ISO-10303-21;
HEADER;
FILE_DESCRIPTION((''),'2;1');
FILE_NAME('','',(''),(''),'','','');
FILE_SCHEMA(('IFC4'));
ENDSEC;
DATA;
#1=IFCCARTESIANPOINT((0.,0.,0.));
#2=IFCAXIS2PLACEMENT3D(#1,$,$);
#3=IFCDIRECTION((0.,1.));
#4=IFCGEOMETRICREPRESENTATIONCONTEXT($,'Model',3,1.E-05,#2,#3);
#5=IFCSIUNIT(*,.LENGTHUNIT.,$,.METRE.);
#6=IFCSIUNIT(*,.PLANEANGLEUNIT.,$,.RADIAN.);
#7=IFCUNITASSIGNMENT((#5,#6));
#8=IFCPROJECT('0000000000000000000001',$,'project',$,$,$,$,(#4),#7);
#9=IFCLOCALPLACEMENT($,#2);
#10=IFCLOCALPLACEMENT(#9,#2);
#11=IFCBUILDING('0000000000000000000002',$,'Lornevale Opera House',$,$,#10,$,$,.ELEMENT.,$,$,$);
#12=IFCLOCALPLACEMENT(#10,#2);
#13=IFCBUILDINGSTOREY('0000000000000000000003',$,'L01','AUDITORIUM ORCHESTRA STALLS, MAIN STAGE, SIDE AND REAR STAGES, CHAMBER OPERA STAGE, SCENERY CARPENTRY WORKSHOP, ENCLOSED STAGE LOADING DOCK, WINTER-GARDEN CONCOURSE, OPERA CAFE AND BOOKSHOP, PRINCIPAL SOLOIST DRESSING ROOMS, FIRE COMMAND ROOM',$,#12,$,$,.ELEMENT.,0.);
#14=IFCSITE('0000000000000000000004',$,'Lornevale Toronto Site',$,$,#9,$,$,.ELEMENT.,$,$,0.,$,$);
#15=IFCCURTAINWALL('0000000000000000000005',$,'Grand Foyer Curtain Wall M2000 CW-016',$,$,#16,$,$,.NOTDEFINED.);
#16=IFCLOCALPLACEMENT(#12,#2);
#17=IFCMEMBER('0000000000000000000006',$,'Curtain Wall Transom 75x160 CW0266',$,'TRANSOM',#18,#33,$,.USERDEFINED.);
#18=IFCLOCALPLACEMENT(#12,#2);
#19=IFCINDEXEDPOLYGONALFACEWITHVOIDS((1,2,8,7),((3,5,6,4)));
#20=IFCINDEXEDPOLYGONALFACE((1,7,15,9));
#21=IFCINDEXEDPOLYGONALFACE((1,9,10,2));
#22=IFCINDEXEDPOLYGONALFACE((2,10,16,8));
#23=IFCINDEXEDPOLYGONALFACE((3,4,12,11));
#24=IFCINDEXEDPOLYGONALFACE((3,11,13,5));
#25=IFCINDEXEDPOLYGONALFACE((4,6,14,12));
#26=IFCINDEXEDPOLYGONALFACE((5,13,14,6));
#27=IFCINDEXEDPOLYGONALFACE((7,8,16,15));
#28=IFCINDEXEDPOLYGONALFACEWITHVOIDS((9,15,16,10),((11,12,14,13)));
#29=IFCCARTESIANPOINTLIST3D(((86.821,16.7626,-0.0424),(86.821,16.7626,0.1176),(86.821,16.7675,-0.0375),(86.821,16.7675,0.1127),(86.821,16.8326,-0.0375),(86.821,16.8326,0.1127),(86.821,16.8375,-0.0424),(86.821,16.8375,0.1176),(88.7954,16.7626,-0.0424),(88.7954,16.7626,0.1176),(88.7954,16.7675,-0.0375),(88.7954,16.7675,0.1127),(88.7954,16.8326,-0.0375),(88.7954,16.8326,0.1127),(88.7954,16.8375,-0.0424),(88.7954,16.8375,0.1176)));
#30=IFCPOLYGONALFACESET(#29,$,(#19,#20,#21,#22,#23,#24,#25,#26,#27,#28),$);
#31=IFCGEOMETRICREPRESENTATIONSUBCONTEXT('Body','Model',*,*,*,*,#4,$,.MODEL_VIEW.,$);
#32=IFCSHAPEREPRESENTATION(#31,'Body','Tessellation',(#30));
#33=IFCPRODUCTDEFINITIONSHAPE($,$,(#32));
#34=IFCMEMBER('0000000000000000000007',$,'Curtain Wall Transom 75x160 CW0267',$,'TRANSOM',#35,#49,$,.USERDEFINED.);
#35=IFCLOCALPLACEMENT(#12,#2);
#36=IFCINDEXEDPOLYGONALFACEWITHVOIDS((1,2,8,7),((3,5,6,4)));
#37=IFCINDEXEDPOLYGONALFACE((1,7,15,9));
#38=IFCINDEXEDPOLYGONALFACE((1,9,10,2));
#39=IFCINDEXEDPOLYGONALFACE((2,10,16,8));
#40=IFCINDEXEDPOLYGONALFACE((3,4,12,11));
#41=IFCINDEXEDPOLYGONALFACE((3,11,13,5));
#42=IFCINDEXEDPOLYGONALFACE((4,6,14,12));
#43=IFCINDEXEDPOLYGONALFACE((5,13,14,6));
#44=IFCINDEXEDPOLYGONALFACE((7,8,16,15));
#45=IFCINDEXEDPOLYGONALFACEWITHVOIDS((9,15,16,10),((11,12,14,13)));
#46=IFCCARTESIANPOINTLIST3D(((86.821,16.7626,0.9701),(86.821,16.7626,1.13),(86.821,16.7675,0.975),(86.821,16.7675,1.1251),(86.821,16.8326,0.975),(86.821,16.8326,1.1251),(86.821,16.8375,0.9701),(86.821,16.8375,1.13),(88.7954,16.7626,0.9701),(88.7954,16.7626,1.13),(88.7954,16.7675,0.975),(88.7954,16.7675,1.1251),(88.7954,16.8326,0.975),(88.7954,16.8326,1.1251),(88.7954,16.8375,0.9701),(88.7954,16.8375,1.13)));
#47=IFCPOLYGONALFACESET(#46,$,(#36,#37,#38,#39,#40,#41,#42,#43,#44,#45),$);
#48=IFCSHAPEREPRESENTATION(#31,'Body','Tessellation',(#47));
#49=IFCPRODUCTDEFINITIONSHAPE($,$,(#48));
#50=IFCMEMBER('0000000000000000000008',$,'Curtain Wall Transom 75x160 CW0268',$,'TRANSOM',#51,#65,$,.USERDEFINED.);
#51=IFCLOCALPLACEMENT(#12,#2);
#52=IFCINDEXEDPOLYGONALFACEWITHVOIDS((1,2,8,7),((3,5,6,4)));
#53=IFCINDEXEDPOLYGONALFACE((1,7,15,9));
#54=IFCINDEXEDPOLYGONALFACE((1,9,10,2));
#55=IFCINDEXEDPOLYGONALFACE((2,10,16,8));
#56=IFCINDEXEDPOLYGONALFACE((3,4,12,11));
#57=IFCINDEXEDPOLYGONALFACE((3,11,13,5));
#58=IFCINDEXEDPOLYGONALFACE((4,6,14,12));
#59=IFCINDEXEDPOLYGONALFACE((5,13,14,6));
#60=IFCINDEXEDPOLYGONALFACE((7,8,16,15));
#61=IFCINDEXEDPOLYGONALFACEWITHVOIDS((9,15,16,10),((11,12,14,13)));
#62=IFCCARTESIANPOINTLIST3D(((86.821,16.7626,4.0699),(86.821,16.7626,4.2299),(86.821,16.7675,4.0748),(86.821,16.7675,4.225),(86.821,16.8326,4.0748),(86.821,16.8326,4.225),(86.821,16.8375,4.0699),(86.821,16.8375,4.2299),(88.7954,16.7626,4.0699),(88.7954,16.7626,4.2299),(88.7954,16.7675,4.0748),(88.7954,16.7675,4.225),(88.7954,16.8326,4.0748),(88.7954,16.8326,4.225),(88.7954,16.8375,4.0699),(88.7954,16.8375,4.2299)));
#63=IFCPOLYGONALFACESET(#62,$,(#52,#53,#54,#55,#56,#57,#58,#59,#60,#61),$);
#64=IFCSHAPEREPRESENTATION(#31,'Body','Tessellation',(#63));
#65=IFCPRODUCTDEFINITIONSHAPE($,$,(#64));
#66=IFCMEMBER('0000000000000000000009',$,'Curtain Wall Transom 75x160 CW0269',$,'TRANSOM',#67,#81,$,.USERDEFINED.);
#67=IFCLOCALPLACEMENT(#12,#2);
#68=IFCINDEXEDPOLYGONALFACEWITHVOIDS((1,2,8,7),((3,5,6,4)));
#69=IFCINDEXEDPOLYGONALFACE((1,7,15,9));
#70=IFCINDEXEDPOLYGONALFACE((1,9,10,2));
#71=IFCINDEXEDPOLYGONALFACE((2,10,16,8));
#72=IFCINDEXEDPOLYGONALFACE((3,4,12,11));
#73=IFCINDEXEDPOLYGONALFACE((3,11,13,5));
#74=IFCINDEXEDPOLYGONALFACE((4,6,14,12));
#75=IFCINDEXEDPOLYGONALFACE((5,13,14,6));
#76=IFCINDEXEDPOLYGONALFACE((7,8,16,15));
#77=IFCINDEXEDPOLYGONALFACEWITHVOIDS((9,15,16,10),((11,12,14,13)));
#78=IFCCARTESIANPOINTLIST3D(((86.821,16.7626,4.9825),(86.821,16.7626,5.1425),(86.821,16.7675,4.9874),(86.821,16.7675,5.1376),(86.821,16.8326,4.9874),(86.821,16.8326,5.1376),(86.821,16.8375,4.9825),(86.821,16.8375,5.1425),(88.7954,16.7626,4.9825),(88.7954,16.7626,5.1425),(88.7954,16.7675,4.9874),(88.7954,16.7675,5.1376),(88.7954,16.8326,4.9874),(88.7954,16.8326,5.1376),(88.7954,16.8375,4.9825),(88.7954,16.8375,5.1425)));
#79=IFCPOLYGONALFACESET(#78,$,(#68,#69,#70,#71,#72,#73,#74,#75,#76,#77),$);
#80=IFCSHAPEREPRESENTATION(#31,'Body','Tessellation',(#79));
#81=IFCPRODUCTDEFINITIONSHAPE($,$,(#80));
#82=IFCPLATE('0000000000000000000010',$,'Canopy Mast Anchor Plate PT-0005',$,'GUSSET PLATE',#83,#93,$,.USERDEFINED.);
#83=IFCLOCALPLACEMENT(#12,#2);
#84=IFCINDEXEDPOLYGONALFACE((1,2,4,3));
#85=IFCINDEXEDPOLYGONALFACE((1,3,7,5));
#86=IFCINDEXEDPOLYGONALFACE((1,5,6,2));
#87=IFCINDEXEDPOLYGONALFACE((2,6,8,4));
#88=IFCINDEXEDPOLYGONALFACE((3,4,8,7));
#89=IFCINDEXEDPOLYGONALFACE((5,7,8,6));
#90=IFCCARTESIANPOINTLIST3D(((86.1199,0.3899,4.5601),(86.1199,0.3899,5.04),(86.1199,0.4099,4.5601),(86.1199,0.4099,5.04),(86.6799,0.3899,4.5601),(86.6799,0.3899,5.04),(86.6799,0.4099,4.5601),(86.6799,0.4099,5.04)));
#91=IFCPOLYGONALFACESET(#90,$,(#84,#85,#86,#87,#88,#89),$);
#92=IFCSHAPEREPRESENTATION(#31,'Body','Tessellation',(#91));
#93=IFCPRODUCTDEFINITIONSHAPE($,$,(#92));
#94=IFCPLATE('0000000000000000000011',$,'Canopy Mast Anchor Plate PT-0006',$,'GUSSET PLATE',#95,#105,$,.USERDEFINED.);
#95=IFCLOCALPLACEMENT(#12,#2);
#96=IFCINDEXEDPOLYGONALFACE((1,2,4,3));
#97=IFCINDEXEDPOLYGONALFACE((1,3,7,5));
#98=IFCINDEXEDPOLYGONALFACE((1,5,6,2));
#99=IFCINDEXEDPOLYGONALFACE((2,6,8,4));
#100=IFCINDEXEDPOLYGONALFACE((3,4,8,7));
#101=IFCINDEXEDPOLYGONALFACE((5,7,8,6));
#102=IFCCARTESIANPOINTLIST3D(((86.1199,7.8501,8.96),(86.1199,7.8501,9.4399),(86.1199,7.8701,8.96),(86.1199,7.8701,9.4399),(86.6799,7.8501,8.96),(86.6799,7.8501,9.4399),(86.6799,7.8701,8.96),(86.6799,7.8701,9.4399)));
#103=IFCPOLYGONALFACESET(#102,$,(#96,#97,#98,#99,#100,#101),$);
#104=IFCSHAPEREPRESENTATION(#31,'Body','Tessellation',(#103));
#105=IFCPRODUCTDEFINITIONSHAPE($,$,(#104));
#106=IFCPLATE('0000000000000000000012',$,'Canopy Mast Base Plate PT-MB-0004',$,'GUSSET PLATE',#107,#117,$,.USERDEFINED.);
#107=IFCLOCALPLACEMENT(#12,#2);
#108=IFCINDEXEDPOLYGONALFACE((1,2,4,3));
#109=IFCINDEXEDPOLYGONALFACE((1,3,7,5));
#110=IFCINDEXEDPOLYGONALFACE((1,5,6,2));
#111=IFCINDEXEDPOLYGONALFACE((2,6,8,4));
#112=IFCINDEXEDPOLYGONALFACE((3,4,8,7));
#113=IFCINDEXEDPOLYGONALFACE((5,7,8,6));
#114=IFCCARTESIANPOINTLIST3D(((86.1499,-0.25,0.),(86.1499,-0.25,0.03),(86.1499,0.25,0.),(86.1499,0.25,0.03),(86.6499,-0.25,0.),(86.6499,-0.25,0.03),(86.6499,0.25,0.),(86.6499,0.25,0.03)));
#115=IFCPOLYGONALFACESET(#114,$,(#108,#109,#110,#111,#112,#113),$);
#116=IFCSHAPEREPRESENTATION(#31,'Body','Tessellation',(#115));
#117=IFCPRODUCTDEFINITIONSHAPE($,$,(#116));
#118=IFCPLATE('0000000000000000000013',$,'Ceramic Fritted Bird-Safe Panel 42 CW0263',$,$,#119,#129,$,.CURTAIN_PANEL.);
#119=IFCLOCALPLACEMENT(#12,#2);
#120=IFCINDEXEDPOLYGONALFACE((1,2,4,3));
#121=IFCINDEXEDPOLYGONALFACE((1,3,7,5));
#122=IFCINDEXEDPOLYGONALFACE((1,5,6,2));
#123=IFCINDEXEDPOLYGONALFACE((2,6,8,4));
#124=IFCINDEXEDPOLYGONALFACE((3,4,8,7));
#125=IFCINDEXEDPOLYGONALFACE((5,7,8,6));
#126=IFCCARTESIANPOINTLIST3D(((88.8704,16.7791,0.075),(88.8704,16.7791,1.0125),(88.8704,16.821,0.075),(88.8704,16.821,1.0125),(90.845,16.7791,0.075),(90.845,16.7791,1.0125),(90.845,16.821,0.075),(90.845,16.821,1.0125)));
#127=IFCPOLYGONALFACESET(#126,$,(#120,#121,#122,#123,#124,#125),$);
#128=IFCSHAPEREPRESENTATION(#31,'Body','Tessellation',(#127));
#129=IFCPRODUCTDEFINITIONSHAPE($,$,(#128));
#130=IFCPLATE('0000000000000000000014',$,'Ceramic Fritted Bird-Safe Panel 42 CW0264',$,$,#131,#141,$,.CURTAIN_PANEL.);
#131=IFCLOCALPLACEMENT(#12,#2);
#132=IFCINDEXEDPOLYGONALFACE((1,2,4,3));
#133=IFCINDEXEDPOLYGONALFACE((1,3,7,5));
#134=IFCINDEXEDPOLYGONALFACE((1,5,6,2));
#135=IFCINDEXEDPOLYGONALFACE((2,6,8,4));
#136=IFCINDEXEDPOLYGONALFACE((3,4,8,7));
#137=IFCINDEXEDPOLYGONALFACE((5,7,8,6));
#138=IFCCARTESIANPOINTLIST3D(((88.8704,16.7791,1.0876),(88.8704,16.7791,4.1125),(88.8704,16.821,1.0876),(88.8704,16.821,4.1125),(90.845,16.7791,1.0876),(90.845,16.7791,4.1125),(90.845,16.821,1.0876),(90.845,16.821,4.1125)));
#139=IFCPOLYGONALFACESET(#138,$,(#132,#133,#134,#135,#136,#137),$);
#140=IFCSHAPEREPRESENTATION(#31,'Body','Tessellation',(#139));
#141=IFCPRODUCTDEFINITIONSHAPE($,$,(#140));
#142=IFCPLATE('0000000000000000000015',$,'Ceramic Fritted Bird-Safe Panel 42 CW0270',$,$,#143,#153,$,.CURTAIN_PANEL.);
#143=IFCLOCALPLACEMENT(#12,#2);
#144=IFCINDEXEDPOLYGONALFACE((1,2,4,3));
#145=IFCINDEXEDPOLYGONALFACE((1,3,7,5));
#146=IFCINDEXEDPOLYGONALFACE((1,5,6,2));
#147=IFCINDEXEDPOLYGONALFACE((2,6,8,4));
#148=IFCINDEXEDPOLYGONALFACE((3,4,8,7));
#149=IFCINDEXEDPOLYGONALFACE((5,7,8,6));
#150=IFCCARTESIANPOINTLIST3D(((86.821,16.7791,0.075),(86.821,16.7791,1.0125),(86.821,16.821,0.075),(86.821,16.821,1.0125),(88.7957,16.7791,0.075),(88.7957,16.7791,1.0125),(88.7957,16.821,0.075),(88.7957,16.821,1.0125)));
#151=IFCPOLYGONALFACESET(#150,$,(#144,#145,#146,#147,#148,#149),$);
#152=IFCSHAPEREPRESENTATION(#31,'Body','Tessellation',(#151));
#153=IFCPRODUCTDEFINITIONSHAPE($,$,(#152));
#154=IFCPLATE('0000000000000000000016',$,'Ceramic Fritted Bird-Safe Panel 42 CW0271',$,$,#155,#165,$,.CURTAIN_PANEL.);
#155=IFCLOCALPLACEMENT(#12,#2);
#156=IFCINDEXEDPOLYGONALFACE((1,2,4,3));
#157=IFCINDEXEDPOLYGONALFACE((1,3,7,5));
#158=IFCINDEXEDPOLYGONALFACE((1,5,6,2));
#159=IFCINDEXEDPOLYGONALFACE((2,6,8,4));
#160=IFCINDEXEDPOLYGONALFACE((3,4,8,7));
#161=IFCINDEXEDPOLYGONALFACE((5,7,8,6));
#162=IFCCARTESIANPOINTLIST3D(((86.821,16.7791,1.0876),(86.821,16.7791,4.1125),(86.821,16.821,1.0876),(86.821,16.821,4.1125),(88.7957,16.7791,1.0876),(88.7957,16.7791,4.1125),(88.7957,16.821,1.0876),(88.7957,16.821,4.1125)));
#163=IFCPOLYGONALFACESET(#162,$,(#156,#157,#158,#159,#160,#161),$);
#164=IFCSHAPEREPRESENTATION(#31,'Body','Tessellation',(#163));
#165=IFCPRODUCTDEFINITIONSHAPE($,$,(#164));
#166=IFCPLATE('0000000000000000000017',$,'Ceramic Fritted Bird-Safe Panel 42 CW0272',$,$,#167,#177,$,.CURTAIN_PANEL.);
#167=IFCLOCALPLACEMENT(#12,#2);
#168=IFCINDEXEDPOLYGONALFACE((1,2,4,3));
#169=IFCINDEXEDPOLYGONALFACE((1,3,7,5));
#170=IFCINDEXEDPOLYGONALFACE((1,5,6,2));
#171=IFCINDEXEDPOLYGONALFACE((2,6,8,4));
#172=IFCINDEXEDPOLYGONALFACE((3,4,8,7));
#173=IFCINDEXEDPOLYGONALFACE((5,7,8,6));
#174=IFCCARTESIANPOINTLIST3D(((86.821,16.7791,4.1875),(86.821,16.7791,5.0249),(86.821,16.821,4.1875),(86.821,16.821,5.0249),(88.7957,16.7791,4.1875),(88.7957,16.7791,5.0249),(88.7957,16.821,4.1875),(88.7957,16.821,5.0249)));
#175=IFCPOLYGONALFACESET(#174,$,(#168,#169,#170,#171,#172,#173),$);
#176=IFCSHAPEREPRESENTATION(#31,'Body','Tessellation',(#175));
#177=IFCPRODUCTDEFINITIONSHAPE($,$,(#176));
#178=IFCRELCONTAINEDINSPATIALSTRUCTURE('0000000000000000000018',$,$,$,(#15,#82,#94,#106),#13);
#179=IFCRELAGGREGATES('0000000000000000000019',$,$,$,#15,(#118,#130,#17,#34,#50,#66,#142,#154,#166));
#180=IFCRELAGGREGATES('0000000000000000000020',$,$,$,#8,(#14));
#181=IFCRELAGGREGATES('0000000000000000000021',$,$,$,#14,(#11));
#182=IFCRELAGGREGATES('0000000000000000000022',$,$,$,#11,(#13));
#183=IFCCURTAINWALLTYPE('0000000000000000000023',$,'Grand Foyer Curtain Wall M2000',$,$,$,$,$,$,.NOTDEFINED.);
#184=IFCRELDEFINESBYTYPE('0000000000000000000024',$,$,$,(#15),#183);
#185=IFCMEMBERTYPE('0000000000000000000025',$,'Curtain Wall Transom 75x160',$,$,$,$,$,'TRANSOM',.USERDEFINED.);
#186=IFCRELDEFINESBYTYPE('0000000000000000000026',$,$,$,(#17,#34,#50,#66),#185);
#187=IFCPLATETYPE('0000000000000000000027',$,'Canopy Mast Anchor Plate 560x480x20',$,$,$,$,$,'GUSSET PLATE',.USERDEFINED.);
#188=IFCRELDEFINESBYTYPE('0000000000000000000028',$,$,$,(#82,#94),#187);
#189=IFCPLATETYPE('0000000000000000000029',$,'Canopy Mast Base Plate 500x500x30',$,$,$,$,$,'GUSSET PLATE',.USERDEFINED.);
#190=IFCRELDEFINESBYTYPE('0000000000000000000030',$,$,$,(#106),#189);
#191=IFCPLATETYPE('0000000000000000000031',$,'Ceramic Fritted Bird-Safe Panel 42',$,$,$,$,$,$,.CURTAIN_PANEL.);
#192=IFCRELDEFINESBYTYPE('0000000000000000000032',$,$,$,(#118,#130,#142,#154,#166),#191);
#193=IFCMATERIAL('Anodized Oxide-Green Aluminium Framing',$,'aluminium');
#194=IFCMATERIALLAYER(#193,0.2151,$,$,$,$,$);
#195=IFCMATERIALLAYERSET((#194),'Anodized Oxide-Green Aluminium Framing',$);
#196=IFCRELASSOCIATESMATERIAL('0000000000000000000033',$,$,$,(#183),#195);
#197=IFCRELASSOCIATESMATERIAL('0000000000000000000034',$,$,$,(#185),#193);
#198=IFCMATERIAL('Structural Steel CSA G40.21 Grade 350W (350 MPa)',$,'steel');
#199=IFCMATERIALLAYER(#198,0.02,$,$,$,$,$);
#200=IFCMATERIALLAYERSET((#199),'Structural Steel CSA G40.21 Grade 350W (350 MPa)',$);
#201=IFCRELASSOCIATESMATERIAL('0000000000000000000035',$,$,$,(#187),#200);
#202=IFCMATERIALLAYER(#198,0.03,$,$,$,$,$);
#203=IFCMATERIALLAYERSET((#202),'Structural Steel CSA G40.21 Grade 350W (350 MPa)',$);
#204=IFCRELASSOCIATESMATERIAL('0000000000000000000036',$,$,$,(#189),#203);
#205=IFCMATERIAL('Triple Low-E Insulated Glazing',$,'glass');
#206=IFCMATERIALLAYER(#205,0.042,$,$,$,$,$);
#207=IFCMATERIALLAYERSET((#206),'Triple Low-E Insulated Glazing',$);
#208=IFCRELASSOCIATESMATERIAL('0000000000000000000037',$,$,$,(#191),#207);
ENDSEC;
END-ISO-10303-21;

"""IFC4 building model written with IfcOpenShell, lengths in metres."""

from ifc_helpers import new_model, si_unit, direction, frame, origin, origin_2d, place, context, subcontext, project, spatial, rectangle, hollow_rectangle, extrude, material, layer, layer_set, material_profile, profile_set, type_object, element, aggregate, save


model = new_model("IFC4")

# Units and contexts
model_context = context("Model", 3, precision=1e-05, world=origin(), true_north=direction((0.0, 1.0)))
body_context = subcontext(model_context, "Body", "Model", "MODEL_VIEW")
ifc_project = project(units=[si_unit("LENGTHUNIT", "METRE"), si_unit("PLANEANGLEUNIT", "RADIAN")], contexts=[model_context])

# Site, building, storey
site_placement = place(None, origin())
site = spatial("IfcSite", under=ifc_project, at=site_placement, Name="Lornevale Toronto Site", CompositionType="ELEMENT", RefElevation=0.0)
building_placement = place(site_placement, origin())
building = spatial("IfcBuilding", under=site, at=building_placement, Name="Lornevale Opera House", CompositionType="ELEMENT")
storey_placement = place(building_placement, origin())
storey = spatial("IfcBuildingStorey", under=building, at=storey_placement, Name="L01", Description="AUDITORIUM ORCHESTRA STALLS, MAIN STAGE, SIDE AND REAR STAGES, CHAMBER OPERA STAGE, SCENERY CARPENTRY WORKSHOP, ENCLOSED STAGE LOADING DOCK, WINTER-GARDEN CONCOURSE, OPERA CAFE AND BOOKSHOP, PRINCIPAL SOLOIST DRESSING ROOMS, FIRE COMMAND ROOM", CompositionType="ELEMENT", Elevation=0.0)

# Shared definitions
ifc_material_1 = material(Name="Structural Steel CSA G40.21 Grade 350W (350 MPa)", Category="steel")

# Curtain wall, members
ifc_material_2 = material(Name="Anodized Oxide-Green Aluminium Framing", Category="aluminium")
ifc_layer_1 = layer(ifc_material_2, 0.2151)
ifc_layer_set_1 = layer_set([ifc_layer_1], Name="Anodized Oxide-Green Aluminium Framing")
curtain_wall_type = type_object("IfcCurtainWallType", Name="Grand Foyer Curtain Wall M2000", PredefinedType="NOTDEFINED", material=ifc_layer_set_1)
curtain_wall_placement = place(storey_placement, origin())
curtain_wall = element("IfcCurtainWall", 1, at=curtain_wall_placement, inside=storey, type_object=curtain_wall_type, Name="Grand Foyer Curtain Wall M2000 CW-016", PredefinedType="NOTDEFINED")
ifc_material_profile_1 = material_profile(ifc_material_2, hollow_rectangle(XDim=0.075, YDim=0.1599, WallThickness=0.0049, at=origin_2d()), Name="ALU75x160x5")
ifc_profile_set_1 = profile_set([ifc_material_profile_1], Name="Anodized Oxide-Green Aluminium Framing")
member_type_1 = type_object("IfcMemberType", Name="Curtain Wall Transom 75x160", ElementType="TRANSOM", PredefinedType="USERDEFINED", material=ifc_profile_set_1)
member_1_placement = place(storey_placement, frame((88.7954, 16.8, 0.0376), z_axis=(-1.0, 0.0, 0.0), x_axis=(0.0, -1.0, 0.0)))
member_1 = element("IfcMember", 2, at=member_1_placement, type_object=member_type_1, Name="Curtain Wall Transom 75x160 CW0266", ObjectType="TRANSOM", PredefinedType="USERDEFINED", context=body_context, shape_type="SweptSolid", body=[
    extrude(hollow_rectangle(XDim=0.075, YDim=0.1599, WallThickness=0.0049, at=origin_2d()), origin(), (0.0, 0.0, 1.0), 1.9744),
])
member_2_placement = place(storey_placement, frame((88.7954, 16.8, 1.05), z_axis=(-1.0, 0.0, 0.0), x_axis=(0.0, -1.0, 0.0)))
member_2 = element("IfcMember", 3, at=member_2_placement, type_object=member_type_1, Name="Curtain Wall Transom 75x160 CW0267", ObjectType="TRANSOM", PredefinedType="USERDEFINED", context=body_context, shape_type="SweptSolid", body=[
    extrude(hollow_rectangle(XDim=0.075, YDim=0.1599, WallThickness=0.0049, at=origin_2d()), origin(), (0.0, 0.0, 1.0), 1.9744),
])
member_3_placement = place(storey_placement, frame((88.7954, 16.8, 4.1499), z_axis=(-1.0, 0.0, 0.0), x_axis=(0.0, -1.0, 0.0)))
member_3 = element("IfcMember", 4, at=member_3_placement, type_object=member_type_1, Name="Curtain Wall Transom 75x160 CW0268", ObjectType="TRANSOM", PredefinedType="USERDEFINED", context=body_context, shape_type="SweptSolid", body=[
    extrude(hollow_rectangle(XDim=0.075, YDim=0.1599, WallThickness=0.0049, at=origin_2d()), origin(), (0.0, 0.0, 1.0), 1.9744),
])
member_4_placement = place(storey_placement, frame((88.7954, 16.8, 5.0625), z_axis=(-1.0, 0.0, 0.0), x_axis=(0.0, -1.0, 0.0)))
member_4 = element("IfcMember", 5, at=member_4_placement, type_object=member_type_1, Name="Curtain Wall Transom 75x160 CW0269", ObjectType="TRANSOM", PredefinedType="USERDEFINED", context=body_context, shape_type="SweptSolid", body=[
    extrude(hollow_rectangle(XDim=0.075, YDim=0.1599, WallThickness=0.0049, at=origin_2d()), origin(), (0.0, 0.0, 1.0), 1.9744),
])

# Plates
ifc_layer_2 = layer(ifc_material_1, 0.02)
ifc_layer_set_2 = layer_set([ifc_layer_2], Name="Structural Steel CSA G40.21 Grade 350W (350 MPa)")
plate_type_1 = type_object("IfcPlateType", Name="Canopy Mast Anchor Plate 560x480x20", ElementType="GUSSET PLATE", PredefinedType="USERDEFINED", material=ifc_layer_set_2)
for number, where, z_axis, x_axis, name in (
    (6, (86.3999, 0.3999, 4.5601), (0.0, 0.0, 1.0), (1.0, 0.0, 0.0), "Canopy Mast Anchor Plate PT-0005"),
    (7, (86.3999, 7.8601, 8.96), (0.0, 0.0, 1.0), (1.0, 0.0, 0.0), "Canopy Mast Anchor Plate PT-0006"),
):
    element("IfcPlate", number, at=place(storey_placement, frame(where, z_axis=z_axis, x_axis=x_axis)), inside=storey, type_object=plate_type_1, Name=name, ObjectType="GUSSET PLATE", PredefinedType="USERDEFINED", context=body_context, shape_type="SweptSolid", body=[
        extrude(rectangle(XDim=0.5601, YDim=0.02, at=origin_2d()), origin(), (0.0, 0.0, 1.0), 0.48),
    ])
ifc_layer_3 = layer(ifc_material_1, 0.03)
ifc_layer_set_3 = layer_set([ifc_layer_3], Name="Structural Steel CSA G40.21 Grade 350W (350 MPa)")
plate_type_2 = type_object("IfcPlateType", Name="Canopy Mast Base Plate 500x500x30", ElementType="GUSSET PLATE", PredefinedType="USERDEFINED", material=ifc_layer_set_3)
plate_1_placement = place(storey_placement, frame((86.3999, 0.0, 0.0), z_axis=(0.0, 0.0, 1.0), x_axis=(1.0, 0.0, 0.0)))
element("IfcPlate", 8, at=plate_1_placement, inside=storey, type_object=plate_type_2, Name="Canopy Mast Base Plate PT-MB-0004", ObjectType="GUSSET PLATE", PredefinedType="USERDEFINED", context=body_context, shape_type="SweptSolid", body=[
    extrude(rectangle(XDim=0.5, YDim=0.5, at=origin_2d()), origin(), (0.0, 0.0, 1.0), 0.03),
])

# Plates
ifc_material_3 = material(Name="Triple Low-E Insulated Glazing", Category="glass")
ifc_layer_4 = layer(ifc_material_3, 0.042)
ifc_layer_set_4 = layer_set([ifc_layer_4], Name="Triple Low-E Insulated Glazing")
plate_type_3 = type_object("IfcPlateType", Name="Ceramic Fritted Bird-Safe Panel 42", PredefinedType="CURTAIN_PANEL", material=ifc_layer_set_4)
plate_2_placement = place(storey_placement, frame((89.8577, 16.8, 0.075), z_axis=(0.0, 0.0, 1.0), x_axis=(-1.0, 0.0, 0.0)))
plate_2 = element("IfcPlate", 9, at=plate_2_placement, type_object=plate_type_3, Name="Ceramic Fritted Bird-Safe Panel 42 CW0263", PredefinedType="CURTAIN_PANEL", context=body_context, shape_type="SweptSolid", body=[
    extrude(rectangle(XDim=1.9746, YDim=0.042, at=origin_2d()), origin(), (0.0, 0.0, 1.0), 0.9375),
])
plate_3_placement = place(storey_placement, frame((89.8577, 16.8, 1.0876), z_axis=(0.0, 0.0, 1.0), x_axis=(-1.0, 0.0, 0.0)))
plate_3 = element("IfcPlate", 10, at=plate_3_placement, type_object=plate_type_3, Name="Ceramic Fritted Bird-Safe Panel 42 CW0264", PredefinedType="CURTAIN_PANEL", context=body_context, shape_type="SweptSolid", body=[
    extrude(rectangle(XDim=1.9746, YDim=0.042, at=origin_2d()), origin(), (0.0, 0.0, 1.0), 3.0249),
])
plate_4_placement = place(storey_placement, frame((87.8083, 16.8, 0.075), z_axis=(0.0, 0.0, 1.0), x_axis=(-1.0, 0.0, 0.0)))
plate_4 = element("IfcPlate", 11, at=plate_4_placement, type_object=plate_type_3, Name="Ceramic Fritted Bird-Safe Panel 42 CW0270", PredefinedType="CURTAIN_PANEL", context=body_context, shape_type="SweptSolid", body=[
    extrude(rectangle(XDim=1.9746, YDim=0.042, at=origin_2d()), origin(), (0.0, 0.0, 1.0), 0.9375),
])
plate_5_placement = place(storey_placement, frame((87.8083, 16.8, 1.0876), z_axis=(0.0, 0.0, 1.0), x_axis=(-1.0, 0.0, 0.0)))
plate_5 = element("IfcPlate", 12, at=plate_5_placement, type_object=plate_type_3, Name="Ceramic Fritted Bird-Safe Panel 42 CW0271", PredefinedType="CURTAIN_PANEL", context=body_context, shape_type="SweptSolid", body=[
    extrude(rectangle(XDim=1.9746, YDim=0.042, at=origin_2d()), origin(), (0.0, 0.0, 1.0), 3.0249),
])
plate_6_placement = place(storey_placement, frame((87.8083, 16.8, 4.1875), z_axis=(0.0, 0.0, 1.0), x_axis=(-1.0, 0.0, 0.0)))
plate_6 = element("IfcPlate", 13, at=plate_6_placement, type_object=plate_type_3, Name="Ceramic Fritted Bird-Safe Panel 42 CW0272", PredefinedType="CURTAIN_PANEL", context=body_context, shape_type="SweptSolid", body=[
    extrude(rectangle(XDim=1.9746, YDim=0.042, at=origin_2d()), origin(), (0.0, 0.0, 1.0), 0.8374),
])
aggregate(curtain_wall, [plate_2, plate_3, member_1, member_2, member_3, member_4, plate_4, plate_5, plate_6])

save(model, "model.ifc")
